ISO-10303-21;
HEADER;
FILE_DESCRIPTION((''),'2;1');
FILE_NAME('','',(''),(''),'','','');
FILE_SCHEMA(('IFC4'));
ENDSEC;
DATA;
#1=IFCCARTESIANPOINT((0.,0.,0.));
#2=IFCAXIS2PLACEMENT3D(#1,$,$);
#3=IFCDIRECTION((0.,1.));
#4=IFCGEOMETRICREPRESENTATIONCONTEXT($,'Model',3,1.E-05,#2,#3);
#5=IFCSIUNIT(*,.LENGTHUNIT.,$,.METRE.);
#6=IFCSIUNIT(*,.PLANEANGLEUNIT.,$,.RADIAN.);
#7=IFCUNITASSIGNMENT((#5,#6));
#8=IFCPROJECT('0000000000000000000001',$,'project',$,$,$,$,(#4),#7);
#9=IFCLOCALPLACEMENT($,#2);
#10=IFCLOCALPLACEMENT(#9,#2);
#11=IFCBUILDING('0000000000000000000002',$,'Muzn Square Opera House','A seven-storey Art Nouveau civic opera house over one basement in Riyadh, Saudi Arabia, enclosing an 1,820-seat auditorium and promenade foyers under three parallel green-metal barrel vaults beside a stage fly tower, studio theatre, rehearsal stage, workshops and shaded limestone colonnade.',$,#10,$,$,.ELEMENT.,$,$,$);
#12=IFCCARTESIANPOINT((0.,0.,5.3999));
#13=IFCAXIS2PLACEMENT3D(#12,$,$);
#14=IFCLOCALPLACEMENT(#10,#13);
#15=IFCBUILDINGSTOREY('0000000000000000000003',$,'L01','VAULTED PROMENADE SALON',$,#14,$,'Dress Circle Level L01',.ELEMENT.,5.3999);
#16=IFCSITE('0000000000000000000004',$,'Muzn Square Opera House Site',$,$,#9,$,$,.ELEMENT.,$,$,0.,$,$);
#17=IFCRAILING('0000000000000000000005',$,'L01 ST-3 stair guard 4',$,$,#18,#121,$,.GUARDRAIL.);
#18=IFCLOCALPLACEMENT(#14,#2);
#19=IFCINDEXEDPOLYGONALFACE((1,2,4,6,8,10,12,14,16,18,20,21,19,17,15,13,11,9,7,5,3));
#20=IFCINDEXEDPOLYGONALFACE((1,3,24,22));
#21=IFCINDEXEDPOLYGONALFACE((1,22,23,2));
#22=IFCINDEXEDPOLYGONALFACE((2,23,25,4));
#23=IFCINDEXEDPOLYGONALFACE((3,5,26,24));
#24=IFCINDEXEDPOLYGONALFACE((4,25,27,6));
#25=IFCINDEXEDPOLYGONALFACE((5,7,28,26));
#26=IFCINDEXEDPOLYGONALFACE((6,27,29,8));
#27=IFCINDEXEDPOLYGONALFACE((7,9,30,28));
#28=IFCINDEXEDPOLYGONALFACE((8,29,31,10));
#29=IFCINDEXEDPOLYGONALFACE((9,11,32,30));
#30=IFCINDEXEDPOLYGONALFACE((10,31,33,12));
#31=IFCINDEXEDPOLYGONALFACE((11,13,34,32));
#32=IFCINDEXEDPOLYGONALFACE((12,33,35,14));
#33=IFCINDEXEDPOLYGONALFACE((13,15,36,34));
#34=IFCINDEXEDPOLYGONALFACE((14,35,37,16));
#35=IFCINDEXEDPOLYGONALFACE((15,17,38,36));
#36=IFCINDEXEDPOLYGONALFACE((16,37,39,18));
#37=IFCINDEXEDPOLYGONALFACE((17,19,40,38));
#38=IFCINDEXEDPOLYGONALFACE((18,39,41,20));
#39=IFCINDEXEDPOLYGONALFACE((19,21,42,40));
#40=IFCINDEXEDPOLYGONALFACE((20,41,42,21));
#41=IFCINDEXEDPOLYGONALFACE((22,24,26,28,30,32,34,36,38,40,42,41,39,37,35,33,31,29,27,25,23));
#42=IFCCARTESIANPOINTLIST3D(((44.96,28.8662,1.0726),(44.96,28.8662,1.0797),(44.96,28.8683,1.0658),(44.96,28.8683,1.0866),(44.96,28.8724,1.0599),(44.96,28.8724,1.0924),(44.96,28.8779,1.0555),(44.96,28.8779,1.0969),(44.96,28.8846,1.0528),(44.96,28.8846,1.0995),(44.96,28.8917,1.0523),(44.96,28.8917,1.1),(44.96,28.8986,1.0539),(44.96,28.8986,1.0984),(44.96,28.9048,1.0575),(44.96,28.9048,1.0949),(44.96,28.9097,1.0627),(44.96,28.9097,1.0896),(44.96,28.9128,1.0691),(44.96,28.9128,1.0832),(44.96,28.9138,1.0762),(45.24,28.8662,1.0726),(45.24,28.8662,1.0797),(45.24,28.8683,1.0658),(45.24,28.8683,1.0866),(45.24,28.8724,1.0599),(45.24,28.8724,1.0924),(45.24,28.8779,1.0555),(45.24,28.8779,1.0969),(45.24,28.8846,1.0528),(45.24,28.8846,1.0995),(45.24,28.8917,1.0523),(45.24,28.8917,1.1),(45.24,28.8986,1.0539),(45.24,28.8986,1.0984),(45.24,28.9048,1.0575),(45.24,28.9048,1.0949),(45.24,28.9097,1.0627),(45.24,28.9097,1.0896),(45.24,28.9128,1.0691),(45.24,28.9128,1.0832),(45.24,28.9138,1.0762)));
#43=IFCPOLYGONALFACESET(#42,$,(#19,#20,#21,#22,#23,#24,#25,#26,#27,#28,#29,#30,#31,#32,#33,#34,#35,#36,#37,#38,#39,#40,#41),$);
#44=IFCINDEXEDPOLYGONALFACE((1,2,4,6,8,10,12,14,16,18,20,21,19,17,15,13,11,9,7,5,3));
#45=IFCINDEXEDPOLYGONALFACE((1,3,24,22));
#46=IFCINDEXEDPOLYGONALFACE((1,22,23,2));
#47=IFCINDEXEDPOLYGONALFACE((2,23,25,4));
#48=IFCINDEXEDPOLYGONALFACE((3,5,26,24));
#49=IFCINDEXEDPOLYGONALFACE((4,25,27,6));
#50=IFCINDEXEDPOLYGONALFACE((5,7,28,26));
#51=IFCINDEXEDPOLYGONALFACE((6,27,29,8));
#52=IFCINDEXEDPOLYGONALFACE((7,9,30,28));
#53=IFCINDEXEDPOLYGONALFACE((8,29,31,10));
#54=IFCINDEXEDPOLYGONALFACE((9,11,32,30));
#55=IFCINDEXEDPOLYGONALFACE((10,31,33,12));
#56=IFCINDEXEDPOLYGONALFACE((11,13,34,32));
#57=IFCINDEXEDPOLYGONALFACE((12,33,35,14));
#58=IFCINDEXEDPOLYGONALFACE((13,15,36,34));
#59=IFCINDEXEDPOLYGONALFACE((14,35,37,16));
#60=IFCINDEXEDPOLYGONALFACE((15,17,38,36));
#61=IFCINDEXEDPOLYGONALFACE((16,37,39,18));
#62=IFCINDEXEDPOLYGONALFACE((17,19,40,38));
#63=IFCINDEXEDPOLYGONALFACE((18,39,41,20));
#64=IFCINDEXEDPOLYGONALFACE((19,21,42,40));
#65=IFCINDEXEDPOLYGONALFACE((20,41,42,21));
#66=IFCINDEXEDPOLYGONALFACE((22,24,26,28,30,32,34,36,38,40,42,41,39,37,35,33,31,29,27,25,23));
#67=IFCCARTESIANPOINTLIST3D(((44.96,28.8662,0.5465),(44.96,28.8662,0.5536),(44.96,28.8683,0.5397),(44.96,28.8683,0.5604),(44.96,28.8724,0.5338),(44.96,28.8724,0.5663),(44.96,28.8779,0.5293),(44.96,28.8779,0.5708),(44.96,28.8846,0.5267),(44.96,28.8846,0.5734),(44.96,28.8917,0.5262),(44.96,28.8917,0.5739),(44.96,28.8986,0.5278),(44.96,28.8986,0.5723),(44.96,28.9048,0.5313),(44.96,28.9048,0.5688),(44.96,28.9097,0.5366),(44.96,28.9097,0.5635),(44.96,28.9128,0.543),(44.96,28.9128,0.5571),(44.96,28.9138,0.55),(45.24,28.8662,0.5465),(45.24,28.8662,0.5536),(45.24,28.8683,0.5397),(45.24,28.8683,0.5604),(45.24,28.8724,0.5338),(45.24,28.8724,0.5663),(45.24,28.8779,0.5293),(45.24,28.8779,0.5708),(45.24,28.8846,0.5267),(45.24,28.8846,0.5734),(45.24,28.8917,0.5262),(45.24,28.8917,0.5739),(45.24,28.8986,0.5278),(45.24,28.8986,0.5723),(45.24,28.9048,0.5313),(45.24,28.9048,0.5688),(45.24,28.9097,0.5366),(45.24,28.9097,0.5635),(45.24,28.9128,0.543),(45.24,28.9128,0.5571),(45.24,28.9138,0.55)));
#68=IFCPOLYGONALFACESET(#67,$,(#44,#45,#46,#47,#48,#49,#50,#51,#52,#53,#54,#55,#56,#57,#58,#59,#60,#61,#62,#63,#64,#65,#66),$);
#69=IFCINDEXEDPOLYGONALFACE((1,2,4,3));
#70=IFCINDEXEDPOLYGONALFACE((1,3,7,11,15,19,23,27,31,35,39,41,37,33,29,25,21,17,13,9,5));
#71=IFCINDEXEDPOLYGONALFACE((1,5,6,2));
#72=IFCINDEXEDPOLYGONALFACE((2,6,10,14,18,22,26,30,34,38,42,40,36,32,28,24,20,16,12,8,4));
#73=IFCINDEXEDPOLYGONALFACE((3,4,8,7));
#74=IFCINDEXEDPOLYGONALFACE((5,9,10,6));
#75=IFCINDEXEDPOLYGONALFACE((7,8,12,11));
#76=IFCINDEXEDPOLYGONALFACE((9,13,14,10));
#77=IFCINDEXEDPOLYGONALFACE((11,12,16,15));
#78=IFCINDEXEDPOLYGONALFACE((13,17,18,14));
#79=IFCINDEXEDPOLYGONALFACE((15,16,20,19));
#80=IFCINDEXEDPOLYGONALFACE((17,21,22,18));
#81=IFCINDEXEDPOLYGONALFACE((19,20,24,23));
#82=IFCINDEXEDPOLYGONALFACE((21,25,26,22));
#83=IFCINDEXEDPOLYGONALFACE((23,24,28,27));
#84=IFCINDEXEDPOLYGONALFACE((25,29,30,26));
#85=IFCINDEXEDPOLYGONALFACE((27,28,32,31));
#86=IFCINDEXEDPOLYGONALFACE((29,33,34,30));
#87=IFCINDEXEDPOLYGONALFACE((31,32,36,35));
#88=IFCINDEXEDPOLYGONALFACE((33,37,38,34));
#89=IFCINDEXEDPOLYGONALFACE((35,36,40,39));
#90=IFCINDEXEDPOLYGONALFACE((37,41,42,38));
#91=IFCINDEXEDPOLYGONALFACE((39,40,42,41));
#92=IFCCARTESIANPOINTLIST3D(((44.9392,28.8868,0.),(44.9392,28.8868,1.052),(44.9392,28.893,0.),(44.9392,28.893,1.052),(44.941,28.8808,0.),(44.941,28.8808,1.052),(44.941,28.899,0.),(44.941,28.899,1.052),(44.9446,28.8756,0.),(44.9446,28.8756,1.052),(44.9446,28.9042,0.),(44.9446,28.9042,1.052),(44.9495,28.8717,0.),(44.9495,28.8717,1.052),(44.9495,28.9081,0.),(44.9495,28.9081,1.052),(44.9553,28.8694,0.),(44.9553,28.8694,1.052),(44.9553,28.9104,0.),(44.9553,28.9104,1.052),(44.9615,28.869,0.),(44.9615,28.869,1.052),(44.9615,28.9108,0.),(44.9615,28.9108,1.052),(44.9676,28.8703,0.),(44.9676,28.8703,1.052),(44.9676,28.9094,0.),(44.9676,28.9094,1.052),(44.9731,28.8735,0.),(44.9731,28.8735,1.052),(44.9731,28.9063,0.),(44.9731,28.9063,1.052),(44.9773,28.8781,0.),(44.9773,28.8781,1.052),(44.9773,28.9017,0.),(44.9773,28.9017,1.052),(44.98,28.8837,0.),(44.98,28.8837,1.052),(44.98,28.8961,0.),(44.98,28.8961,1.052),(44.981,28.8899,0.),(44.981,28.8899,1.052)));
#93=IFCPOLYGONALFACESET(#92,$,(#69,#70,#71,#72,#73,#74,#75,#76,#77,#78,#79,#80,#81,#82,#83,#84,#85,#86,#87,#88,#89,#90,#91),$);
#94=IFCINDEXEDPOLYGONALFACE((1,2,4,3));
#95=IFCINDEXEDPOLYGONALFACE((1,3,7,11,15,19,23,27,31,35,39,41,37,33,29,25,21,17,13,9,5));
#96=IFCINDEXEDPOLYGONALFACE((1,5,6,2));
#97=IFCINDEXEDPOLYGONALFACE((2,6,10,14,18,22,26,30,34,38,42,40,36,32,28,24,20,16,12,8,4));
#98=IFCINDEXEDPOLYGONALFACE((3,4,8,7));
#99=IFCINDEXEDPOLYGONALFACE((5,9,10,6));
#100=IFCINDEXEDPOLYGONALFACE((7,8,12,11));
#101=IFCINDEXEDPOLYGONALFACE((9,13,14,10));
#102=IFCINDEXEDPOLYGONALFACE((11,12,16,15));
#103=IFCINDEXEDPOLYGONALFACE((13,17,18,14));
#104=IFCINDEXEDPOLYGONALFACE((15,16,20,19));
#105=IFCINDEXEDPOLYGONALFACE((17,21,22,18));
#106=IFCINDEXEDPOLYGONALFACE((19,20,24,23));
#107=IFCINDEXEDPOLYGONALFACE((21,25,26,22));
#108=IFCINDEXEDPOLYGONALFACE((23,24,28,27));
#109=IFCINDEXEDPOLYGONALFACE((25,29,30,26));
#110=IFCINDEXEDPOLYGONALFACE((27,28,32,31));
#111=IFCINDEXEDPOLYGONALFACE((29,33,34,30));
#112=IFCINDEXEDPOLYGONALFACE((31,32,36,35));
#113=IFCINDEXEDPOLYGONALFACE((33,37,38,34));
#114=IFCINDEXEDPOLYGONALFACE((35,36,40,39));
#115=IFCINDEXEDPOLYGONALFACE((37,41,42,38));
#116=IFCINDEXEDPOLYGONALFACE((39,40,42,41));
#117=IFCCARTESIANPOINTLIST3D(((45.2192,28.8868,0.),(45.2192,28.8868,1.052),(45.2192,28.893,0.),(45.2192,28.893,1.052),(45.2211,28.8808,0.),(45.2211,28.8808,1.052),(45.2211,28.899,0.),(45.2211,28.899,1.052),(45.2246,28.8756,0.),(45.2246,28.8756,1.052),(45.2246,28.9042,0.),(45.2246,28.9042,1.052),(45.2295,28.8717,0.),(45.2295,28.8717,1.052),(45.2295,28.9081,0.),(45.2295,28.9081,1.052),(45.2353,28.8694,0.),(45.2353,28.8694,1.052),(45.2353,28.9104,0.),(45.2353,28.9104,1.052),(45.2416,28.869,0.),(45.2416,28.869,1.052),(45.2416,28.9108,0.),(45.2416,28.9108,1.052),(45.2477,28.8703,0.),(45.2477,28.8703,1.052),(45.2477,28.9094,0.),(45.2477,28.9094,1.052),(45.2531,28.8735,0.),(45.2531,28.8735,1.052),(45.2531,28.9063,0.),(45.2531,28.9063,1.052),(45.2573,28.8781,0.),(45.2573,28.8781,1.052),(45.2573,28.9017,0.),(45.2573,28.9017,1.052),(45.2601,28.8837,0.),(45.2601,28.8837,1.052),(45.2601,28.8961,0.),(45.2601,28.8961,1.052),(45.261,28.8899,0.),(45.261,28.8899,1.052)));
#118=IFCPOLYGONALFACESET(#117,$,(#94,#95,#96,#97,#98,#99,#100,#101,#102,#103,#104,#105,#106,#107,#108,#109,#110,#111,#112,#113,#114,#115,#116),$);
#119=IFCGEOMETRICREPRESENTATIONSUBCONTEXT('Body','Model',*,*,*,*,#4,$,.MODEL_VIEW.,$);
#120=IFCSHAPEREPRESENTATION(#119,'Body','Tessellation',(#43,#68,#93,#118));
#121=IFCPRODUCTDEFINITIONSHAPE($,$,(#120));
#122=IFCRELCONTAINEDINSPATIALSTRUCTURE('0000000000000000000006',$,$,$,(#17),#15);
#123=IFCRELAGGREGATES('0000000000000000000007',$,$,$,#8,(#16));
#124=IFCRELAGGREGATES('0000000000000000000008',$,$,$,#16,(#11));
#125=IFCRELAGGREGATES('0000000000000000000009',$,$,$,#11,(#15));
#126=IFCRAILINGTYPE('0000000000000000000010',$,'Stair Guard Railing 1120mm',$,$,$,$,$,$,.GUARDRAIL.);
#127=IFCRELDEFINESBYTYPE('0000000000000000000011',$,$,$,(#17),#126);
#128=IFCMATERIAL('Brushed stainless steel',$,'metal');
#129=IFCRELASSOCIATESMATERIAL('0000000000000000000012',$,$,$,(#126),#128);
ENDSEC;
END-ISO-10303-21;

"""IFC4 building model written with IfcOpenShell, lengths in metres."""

from ifc_helpers import new_model, si_unit, direction, frame, origin, origin_2d, place, context, subcontext, project, spatial, circle, extrude, material, type_object, element, save


model = new_model("IFC4")

# Units and contexts
model_context = context("Model", 3, precision=1e-05, world=origin(), true_north=direction((0.0, 1.0)))
body_context = subcontext(model_context, "Body", "Model", "MODEL_VIEW")
ifc_project = project(units=[si_unit("LENGTHUNIT", "METRE"), si_unit("PLANEANGLEUNIT", "RADIAN")], contexts=[model_context])

# Site, building, storey
site_placement = place(None, origin())
site = spatial("IfcSite", under=ifc_project, at=site_placement, Name="Muzn Square Opera House Site", CompositionType="ELEMENT", RefElevation=0.0)
building_placement = place(site_placement, origin())
building = spatial("IfcBuilding", under=site, at=building_placement, Name="Muzn Square Opera House", Description="A seven-storey Art Nouveau civic opera house over one basement in Riyadh, Saudi Arabia, enclosing an 1,820-seat auditorium and promenade foyers under three parallel green-metal barrel vaults beside a stage fly tower, studio theatre, rehearsal stage, workshops and shaded limestone colonnade.", CompositionType="ELEMENT")
storey_placement = place(building_placement, frame((0.0, 0.0, 5.3999)))
storey = spatial("IfcBuildingStorey", under=building, at=storey_placement, Name="L01", Description="VAULTED PROMENADE SALON", LongName="Dress Circle Level L01", CompositionType="ELEMENT", Elevation=5.3999)

# Shared definitions
ifc_material_1 = material(Name="Brushed stainless steel", Category="metal")

# Railing
railing_type_1 = type_object("IfcRailingType", Name="Stair Guard Railing 1120mm", PredefinedType="GUARDRAIL", material=ifc_material_1)
railing_1_placement = place(storey_placement, frame((44.96, 28.8899, 0.0)))
element("IfcRailing", 1, at=railing_1_placement, inside=storey, type_object=railing_type_1, Name="L01 ST-3 stair guard 4", PredefinedType="GUARDRAIL", context=body_context, shape_type="SweptSolid", body=[
    extrude(circle(Radius=0.0239, at=origin_2d()), frame((0.0, 0.0, 1.0762), z_axis=(1.0, 0.0, 0.0), x_axis=(0.0, 1.0, 0.0)), (0.0, 0.0, 1.0), 0.28),
    extrude(circle(Radius=0.0239, at=origin_2d()), frame((0.0, 0.0, 0.55), z_axis=(1.0, 0.0, 0.0), x_axis=(0.0, 1.0, 0.0)), (0.0, 0.0, 1.0), 0.28),
    extrude(circle(Radius=0.021, at=origin_2d()), origin(), (0.0, 0.0, 1.0), 1.052),
    extrude(circle(Radius=0.021, at=origin_2d()), frame((0.28, 0.0, 0.0)), (0.0, 0.0, 1.0), 1.052),
])

save(model, "model.ifc")
